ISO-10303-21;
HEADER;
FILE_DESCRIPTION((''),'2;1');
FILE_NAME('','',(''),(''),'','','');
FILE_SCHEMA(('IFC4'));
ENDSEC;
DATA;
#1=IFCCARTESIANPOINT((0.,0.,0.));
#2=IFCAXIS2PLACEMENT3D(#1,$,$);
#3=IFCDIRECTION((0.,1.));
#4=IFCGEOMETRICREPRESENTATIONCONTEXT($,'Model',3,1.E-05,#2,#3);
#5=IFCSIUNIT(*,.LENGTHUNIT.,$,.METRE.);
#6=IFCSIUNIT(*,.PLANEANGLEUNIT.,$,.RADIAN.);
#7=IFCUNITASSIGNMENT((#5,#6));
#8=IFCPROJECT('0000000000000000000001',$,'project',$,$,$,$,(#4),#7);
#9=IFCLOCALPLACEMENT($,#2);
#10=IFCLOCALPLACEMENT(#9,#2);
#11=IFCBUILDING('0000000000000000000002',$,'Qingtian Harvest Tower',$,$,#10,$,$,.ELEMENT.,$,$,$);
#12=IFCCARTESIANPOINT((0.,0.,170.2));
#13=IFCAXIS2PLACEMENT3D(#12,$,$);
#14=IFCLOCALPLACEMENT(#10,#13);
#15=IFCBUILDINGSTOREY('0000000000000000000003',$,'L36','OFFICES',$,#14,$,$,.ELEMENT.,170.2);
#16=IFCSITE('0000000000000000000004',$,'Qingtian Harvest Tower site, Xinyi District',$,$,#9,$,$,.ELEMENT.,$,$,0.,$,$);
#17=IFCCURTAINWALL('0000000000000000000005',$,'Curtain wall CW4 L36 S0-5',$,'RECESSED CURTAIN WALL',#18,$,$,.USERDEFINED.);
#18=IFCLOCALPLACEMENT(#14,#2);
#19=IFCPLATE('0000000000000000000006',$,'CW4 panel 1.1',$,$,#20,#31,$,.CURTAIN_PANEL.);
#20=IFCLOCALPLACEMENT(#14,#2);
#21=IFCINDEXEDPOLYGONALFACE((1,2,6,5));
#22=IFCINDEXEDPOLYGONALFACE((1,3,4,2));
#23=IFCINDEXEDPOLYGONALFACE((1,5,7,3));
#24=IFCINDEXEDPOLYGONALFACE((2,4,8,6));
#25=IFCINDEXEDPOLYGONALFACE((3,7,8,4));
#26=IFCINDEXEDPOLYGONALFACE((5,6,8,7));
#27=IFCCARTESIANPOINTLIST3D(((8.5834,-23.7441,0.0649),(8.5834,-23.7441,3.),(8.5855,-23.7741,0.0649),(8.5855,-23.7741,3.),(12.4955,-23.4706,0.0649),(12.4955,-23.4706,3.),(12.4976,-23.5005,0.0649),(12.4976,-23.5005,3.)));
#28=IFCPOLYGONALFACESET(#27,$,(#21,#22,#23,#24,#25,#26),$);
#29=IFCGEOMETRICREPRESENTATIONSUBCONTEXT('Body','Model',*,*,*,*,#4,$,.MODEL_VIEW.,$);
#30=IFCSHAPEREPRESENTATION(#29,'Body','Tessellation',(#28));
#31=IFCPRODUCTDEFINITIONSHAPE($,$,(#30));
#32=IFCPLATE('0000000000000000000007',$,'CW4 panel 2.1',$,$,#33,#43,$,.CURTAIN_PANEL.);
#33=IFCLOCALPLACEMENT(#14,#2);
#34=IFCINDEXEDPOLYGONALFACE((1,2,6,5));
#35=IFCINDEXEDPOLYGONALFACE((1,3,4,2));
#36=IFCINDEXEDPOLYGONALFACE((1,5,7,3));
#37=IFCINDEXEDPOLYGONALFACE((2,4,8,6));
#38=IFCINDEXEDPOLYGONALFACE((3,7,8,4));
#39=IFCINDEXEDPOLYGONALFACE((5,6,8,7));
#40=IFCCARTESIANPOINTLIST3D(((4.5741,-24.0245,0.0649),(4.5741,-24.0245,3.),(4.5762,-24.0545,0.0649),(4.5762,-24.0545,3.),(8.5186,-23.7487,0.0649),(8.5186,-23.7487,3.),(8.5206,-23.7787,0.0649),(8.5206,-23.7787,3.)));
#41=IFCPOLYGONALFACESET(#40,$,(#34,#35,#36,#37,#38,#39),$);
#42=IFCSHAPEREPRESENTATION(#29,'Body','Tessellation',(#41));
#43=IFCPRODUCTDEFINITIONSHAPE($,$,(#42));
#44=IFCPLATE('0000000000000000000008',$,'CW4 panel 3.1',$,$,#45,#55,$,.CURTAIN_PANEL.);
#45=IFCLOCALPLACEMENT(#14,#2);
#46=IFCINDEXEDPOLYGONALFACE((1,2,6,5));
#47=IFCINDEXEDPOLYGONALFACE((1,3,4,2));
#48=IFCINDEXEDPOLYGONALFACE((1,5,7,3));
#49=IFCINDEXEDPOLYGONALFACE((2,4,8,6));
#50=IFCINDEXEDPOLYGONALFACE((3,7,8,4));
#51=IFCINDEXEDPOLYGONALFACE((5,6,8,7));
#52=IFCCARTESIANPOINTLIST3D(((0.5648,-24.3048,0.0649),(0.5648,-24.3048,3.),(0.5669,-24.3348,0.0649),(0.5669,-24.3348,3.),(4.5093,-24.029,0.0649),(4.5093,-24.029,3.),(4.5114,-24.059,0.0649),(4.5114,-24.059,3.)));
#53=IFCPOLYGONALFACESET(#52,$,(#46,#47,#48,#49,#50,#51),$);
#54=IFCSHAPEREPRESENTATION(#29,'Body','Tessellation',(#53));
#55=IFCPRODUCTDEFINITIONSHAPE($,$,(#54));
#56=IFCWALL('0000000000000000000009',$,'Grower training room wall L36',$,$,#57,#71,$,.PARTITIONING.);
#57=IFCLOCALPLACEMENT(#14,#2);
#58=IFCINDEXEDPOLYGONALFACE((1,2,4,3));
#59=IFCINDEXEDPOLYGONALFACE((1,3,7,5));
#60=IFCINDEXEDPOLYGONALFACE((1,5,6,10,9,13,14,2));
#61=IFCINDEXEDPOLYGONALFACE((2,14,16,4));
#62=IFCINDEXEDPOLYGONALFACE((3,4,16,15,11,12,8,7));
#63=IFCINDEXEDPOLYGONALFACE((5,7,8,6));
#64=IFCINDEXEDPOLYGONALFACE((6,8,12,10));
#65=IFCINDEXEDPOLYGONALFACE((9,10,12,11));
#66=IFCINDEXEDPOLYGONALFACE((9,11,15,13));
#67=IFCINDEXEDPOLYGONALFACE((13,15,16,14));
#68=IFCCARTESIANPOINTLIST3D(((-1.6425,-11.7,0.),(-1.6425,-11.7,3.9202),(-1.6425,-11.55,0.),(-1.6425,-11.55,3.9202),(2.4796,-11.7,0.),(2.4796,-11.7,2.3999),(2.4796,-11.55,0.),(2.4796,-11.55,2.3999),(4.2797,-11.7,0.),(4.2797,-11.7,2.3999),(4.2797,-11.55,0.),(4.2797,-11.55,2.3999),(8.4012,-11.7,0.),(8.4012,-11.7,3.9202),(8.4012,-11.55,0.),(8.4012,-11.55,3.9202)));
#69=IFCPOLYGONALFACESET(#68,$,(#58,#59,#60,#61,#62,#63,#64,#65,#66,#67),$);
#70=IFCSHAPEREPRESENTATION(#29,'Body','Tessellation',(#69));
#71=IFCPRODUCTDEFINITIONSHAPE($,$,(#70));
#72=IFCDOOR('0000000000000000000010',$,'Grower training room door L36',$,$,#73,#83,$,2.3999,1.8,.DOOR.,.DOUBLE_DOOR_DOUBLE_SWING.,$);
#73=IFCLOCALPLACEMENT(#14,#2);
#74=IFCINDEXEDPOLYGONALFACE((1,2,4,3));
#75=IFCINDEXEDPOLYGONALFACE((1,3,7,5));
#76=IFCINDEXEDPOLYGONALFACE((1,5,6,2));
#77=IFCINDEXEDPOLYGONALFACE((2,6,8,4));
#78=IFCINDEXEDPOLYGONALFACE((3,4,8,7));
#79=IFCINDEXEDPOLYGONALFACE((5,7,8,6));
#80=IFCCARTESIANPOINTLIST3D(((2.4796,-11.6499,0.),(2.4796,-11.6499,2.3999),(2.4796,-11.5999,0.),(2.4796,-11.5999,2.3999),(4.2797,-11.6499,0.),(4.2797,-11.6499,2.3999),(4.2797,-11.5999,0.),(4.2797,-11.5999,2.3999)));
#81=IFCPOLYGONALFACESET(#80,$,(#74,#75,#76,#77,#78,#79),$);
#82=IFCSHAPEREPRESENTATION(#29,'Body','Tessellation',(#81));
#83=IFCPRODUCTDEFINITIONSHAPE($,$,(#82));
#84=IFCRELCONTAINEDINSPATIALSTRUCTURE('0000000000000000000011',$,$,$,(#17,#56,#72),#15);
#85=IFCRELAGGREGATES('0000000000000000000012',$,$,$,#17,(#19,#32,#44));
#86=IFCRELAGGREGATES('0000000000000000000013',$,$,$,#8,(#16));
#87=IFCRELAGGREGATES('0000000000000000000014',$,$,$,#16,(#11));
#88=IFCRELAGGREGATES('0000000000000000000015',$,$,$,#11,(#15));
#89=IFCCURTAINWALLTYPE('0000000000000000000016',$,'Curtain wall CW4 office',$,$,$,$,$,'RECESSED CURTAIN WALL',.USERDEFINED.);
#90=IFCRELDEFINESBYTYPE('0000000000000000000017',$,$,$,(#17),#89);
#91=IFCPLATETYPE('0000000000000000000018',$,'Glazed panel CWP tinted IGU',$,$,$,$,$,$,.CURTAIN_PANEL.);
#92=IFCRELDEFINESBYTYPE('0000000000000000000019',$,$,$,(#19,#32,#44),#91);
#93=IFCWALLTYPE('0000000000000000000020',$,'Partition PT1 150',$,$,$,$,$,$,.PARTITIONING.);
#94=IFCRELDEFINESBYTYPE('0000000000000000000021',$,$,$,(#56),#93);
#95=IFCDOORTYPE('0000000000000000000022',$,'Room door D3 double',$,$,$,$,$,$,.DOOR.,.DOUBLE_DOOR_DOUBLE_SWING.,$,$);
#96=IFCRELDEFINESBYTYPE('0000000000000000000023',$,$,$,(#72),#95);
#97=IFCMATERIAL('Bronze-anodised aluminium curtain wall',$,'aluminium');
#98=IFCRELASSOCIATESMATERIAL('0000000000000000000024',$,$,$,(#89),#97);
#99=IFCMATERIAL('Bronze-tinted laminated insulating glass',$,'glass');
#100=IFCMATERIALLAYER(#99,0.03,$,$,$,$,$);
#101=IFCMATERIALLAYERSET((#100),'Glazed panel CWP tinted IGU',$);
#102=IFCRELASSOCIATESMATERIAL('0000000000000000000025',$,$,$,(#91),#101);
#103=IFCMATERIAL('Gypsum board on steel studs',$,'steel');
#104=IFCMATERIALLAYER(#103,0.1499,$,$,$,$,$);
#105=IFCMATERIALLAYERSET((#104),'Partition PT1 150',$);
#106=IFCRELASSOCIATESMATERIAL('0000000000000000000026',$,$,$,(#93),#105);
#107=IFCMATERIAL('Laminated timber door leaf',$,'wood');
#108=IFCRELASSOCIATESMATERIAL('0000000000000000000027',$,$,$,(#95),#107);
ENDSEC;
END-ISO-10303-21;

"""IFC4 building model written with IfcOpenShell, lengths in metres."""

from ifc_helpers import new_model, si_unit, direction, frame, frame_2d, origin, origin_2d, place, context, subcontext, project, spatial, rectangle, extrude, material, layer, layer_set, type_object, element, fill, aggregate, save


model = new_model("IFC4")

# Units and contexts
model_context = context("Model", 3, precision=1e-05, world=origin(), true_north=direction((0.0, 1.0)))
body_context = subcontext(model_context, "Body", "Model", "MODEL_VIEW")
ifc_project = project(units=[si_unit("LENGTHUNIT", "METRE"), si_unit("PLANEANGLEUNIT", "RADIAN")], contexts=[model_context])

# Site, building, storey
site_placement = place(None, origin())
site = spatial("IfcSite", under=ifc_project, at=site_placement, Name="Qingtian Harvest Tower site, Xinyi District", CompositionType="ELEMENT", RefElevation=0.0)
building_placement = place(site_placement, origin())
building = spatial("IfcBuilding", under=site, at=building_placement, Name="Qingtian Harvest Tower", CompositionType="ELEMENT")
storey_placement = place(building_placement, frame((0.0, 0.0, 170.2)))
storey = spatial("IfcBuildingStorey", under=building, at=storey_placement, Name="L36", Description="OFFICES", CompositionType="ELEMENT", Elevation=170.2)

# Shared definitions
ifc_material_1 = material(Name="Bronze-anodised aluminium curtain wall", Category="aluminium")
curtain_wall_type = type_object("IfcCurtainWallType", Name="Curtain wall CW4 office", ElementType="RECESSED CURTAIN WALL", PredefinedType="USERDEFINED", material=ifc_material_1)

# Curtain wall
curtain_wall_1_placement = place(storey_placement, origin())
curtain_wall_1 = element("IfcCurtainWall", 1, at=curtain_wall_1_placement, inside=storey, type_object=curtain_wall_type, Name="Curtain wall CW4 L36 S0-5", ObjectType="RECESSED CURTAIN WALL", PredefinedType="USERDEFINED")

# Plates
ifc_material_2 = material(Name="Bronze-tinted laminated insulating glass", Category="glass")
ifc_layer_1 = layer(ifc_material_2, 0.03)
ifc_layer_set_1 = layer_set([ifc_layer_1], Name="Glazed panel CWP tinted IGU")
plate_type = type_object("IfcPlateType", Name="Glazed panel CWP tinted IGU", PredefinedType="CURTAIN_PANEL", material=ifc_layer_set_1)
plate_1_placement = place(storey_placement, frame((10.5405, -23.6223, 0.0649), z_axis=(0.0, 0.0, 1.0), x_axis=(-0.997564, -0.069756, 0.0)))
plate_1 = element("IfcPlate", 2, at=plate_1_placement, type_object=plate_type, Name="CW4 panel 1.1", PredefinedType="CURTAIN_PANEL", context=body_context, shape_type="SweptSolid", body=[
    extrude(rectangle(XDim=3.9216, YDim=0.03, at=origin_2d()), origin(), (0.0, 0.0, 1.0), 2.9351),
])
plate_2_placement = place(storey_placement, frame((6.5474, -23.9016, 0.0649), z_axis=(0.0, 0.0, 1.0), x_axis=(-0.997564, -0.069756, 0.0)))
plate_2 = element("IfcPlate", 3, at=plate_2_placement, type_object=plate_type, Name="CW4 panel 2.1", PredefinedType="CURTAIN_PANEL", context=body_context, shape_type="SweptSolid", body=[
    extrude(rectangle(XDim=3.9541, YDim=0.03, at=origin_2d()), origin(), (0.0, 0.0, 1.0), 2.9351),
])
plate_3_placement = place(storey_placement, frame((2.5381, -24.1819, 0.0649), z_axis=(0.0, 0.0, 1.0), x_axis=(-0.997564, -0.069756, 0.0)))
plate_3 = element("IfcPlate", 4, at=plate_3_placement, type_object=plate_type, Name="CW4 panel 3.1", PredefinedType="CURTAIN_PANEL", context=body_context, shape_type="SweptSolid", body=[
    extrude(rectangle(XDim=3.9541, YDim=0.03, at=origin_2d()), origin(), (0.0, 0.0, 1.0), 2.9351),
])
aggregate(curtain_wall_1, [plate_1, plate_2, plate_3])

# Wall, opening, door
ifc_material_3 = material(Name="Gypsum board on steel studs", Category="steel")
ifc_layer_2 = layer(ifc_material_3, 0.1499)
ifc_layer_set_2 = layer_set([ifc_layer_2], Name="Partition PT1 150")
wall_type = type_object("IfcWallType", Name="Partition PT1 150", PredefinedType="PARTITIONING", material=ifc_layer_set_2)
wall_1_placement = place(storey_placement, frame((8.4014, -11.625, 0.0), z_axis=(0.0, 0.0, 1.0), x_axis=(-1.0, 0.0, 0.0)))
wall_1 = element("IfcWall", 5, at=wall_1_placement, inside=storey, type_object=wall_type, Name="Grower training room wall L36", PredefinedType="PARTITIONING", context=body_context, shape_type="SweptSolid", body=[
    extrude(rectangle(XDim=10.0437, YDim=0.1499, at=frame_2d((5.022, 0.0))), origin(), (0.0, 0.0, 1.0), 3.9202),
])
opening_1_placement = place(wall_1_placement, frame((4.1218, 0.0, 0.0)))
opening_1 = element("IfcOpeningElement", 6, at=opening_1_placement, cuts=wall_1, PredefinedType="OPENING", context=body_context, shape_type="SweptSolid", body=[
    extrude(rectangle(XDim=1.8, YDim=2.3999, at=frame_2d((0.8999, 1.2))), frame((0.0, 0.085, 0.0), z_axis=(0.0, -1.0, 0.0), x_axis=(1.0, 0.0, 0.0)), (0.0, 0.0, 1.0), 0.1699),
])
ifc_material_4 = material(Name="Laminated timber door leaf", Category="wood")
door_type_1 = type_object("IfcDoorType", Name="Room door D3 double", OperationType="DOUBLE_DOOR_DOUBLE_SWING", PredefinedType="DOOR", material=ifc_material_4)
door_1_placement = place(opening_1_placement, origin())
door_1 = element("IfcDoor", 7, at=door_1_placement, inside=storey, type_object=door_type_1, Name="Grower training room door L36", OperationType="DOUBLE_DOOR_DOUBLE_SWING", OverallHeight=2.3999, OverallWidth=1.8, PredefinedType="DOOR", context=body_context, shape_type="SweptSolid", body=[
    extrude(rectangle(XDim=1.8, YDim=2.3999, at=frame_2d((0.8999, 1.2))), frame((0.0, 0.0249, 0.0), z_axis=(0.0, -1.0, 0.0), x_axis=(1.0, 0.0, 0.0)), (0.0, 0.0, 1.0), 0.05),
])
fill(opening_1, door_1)

save(model, "model.ifc")
